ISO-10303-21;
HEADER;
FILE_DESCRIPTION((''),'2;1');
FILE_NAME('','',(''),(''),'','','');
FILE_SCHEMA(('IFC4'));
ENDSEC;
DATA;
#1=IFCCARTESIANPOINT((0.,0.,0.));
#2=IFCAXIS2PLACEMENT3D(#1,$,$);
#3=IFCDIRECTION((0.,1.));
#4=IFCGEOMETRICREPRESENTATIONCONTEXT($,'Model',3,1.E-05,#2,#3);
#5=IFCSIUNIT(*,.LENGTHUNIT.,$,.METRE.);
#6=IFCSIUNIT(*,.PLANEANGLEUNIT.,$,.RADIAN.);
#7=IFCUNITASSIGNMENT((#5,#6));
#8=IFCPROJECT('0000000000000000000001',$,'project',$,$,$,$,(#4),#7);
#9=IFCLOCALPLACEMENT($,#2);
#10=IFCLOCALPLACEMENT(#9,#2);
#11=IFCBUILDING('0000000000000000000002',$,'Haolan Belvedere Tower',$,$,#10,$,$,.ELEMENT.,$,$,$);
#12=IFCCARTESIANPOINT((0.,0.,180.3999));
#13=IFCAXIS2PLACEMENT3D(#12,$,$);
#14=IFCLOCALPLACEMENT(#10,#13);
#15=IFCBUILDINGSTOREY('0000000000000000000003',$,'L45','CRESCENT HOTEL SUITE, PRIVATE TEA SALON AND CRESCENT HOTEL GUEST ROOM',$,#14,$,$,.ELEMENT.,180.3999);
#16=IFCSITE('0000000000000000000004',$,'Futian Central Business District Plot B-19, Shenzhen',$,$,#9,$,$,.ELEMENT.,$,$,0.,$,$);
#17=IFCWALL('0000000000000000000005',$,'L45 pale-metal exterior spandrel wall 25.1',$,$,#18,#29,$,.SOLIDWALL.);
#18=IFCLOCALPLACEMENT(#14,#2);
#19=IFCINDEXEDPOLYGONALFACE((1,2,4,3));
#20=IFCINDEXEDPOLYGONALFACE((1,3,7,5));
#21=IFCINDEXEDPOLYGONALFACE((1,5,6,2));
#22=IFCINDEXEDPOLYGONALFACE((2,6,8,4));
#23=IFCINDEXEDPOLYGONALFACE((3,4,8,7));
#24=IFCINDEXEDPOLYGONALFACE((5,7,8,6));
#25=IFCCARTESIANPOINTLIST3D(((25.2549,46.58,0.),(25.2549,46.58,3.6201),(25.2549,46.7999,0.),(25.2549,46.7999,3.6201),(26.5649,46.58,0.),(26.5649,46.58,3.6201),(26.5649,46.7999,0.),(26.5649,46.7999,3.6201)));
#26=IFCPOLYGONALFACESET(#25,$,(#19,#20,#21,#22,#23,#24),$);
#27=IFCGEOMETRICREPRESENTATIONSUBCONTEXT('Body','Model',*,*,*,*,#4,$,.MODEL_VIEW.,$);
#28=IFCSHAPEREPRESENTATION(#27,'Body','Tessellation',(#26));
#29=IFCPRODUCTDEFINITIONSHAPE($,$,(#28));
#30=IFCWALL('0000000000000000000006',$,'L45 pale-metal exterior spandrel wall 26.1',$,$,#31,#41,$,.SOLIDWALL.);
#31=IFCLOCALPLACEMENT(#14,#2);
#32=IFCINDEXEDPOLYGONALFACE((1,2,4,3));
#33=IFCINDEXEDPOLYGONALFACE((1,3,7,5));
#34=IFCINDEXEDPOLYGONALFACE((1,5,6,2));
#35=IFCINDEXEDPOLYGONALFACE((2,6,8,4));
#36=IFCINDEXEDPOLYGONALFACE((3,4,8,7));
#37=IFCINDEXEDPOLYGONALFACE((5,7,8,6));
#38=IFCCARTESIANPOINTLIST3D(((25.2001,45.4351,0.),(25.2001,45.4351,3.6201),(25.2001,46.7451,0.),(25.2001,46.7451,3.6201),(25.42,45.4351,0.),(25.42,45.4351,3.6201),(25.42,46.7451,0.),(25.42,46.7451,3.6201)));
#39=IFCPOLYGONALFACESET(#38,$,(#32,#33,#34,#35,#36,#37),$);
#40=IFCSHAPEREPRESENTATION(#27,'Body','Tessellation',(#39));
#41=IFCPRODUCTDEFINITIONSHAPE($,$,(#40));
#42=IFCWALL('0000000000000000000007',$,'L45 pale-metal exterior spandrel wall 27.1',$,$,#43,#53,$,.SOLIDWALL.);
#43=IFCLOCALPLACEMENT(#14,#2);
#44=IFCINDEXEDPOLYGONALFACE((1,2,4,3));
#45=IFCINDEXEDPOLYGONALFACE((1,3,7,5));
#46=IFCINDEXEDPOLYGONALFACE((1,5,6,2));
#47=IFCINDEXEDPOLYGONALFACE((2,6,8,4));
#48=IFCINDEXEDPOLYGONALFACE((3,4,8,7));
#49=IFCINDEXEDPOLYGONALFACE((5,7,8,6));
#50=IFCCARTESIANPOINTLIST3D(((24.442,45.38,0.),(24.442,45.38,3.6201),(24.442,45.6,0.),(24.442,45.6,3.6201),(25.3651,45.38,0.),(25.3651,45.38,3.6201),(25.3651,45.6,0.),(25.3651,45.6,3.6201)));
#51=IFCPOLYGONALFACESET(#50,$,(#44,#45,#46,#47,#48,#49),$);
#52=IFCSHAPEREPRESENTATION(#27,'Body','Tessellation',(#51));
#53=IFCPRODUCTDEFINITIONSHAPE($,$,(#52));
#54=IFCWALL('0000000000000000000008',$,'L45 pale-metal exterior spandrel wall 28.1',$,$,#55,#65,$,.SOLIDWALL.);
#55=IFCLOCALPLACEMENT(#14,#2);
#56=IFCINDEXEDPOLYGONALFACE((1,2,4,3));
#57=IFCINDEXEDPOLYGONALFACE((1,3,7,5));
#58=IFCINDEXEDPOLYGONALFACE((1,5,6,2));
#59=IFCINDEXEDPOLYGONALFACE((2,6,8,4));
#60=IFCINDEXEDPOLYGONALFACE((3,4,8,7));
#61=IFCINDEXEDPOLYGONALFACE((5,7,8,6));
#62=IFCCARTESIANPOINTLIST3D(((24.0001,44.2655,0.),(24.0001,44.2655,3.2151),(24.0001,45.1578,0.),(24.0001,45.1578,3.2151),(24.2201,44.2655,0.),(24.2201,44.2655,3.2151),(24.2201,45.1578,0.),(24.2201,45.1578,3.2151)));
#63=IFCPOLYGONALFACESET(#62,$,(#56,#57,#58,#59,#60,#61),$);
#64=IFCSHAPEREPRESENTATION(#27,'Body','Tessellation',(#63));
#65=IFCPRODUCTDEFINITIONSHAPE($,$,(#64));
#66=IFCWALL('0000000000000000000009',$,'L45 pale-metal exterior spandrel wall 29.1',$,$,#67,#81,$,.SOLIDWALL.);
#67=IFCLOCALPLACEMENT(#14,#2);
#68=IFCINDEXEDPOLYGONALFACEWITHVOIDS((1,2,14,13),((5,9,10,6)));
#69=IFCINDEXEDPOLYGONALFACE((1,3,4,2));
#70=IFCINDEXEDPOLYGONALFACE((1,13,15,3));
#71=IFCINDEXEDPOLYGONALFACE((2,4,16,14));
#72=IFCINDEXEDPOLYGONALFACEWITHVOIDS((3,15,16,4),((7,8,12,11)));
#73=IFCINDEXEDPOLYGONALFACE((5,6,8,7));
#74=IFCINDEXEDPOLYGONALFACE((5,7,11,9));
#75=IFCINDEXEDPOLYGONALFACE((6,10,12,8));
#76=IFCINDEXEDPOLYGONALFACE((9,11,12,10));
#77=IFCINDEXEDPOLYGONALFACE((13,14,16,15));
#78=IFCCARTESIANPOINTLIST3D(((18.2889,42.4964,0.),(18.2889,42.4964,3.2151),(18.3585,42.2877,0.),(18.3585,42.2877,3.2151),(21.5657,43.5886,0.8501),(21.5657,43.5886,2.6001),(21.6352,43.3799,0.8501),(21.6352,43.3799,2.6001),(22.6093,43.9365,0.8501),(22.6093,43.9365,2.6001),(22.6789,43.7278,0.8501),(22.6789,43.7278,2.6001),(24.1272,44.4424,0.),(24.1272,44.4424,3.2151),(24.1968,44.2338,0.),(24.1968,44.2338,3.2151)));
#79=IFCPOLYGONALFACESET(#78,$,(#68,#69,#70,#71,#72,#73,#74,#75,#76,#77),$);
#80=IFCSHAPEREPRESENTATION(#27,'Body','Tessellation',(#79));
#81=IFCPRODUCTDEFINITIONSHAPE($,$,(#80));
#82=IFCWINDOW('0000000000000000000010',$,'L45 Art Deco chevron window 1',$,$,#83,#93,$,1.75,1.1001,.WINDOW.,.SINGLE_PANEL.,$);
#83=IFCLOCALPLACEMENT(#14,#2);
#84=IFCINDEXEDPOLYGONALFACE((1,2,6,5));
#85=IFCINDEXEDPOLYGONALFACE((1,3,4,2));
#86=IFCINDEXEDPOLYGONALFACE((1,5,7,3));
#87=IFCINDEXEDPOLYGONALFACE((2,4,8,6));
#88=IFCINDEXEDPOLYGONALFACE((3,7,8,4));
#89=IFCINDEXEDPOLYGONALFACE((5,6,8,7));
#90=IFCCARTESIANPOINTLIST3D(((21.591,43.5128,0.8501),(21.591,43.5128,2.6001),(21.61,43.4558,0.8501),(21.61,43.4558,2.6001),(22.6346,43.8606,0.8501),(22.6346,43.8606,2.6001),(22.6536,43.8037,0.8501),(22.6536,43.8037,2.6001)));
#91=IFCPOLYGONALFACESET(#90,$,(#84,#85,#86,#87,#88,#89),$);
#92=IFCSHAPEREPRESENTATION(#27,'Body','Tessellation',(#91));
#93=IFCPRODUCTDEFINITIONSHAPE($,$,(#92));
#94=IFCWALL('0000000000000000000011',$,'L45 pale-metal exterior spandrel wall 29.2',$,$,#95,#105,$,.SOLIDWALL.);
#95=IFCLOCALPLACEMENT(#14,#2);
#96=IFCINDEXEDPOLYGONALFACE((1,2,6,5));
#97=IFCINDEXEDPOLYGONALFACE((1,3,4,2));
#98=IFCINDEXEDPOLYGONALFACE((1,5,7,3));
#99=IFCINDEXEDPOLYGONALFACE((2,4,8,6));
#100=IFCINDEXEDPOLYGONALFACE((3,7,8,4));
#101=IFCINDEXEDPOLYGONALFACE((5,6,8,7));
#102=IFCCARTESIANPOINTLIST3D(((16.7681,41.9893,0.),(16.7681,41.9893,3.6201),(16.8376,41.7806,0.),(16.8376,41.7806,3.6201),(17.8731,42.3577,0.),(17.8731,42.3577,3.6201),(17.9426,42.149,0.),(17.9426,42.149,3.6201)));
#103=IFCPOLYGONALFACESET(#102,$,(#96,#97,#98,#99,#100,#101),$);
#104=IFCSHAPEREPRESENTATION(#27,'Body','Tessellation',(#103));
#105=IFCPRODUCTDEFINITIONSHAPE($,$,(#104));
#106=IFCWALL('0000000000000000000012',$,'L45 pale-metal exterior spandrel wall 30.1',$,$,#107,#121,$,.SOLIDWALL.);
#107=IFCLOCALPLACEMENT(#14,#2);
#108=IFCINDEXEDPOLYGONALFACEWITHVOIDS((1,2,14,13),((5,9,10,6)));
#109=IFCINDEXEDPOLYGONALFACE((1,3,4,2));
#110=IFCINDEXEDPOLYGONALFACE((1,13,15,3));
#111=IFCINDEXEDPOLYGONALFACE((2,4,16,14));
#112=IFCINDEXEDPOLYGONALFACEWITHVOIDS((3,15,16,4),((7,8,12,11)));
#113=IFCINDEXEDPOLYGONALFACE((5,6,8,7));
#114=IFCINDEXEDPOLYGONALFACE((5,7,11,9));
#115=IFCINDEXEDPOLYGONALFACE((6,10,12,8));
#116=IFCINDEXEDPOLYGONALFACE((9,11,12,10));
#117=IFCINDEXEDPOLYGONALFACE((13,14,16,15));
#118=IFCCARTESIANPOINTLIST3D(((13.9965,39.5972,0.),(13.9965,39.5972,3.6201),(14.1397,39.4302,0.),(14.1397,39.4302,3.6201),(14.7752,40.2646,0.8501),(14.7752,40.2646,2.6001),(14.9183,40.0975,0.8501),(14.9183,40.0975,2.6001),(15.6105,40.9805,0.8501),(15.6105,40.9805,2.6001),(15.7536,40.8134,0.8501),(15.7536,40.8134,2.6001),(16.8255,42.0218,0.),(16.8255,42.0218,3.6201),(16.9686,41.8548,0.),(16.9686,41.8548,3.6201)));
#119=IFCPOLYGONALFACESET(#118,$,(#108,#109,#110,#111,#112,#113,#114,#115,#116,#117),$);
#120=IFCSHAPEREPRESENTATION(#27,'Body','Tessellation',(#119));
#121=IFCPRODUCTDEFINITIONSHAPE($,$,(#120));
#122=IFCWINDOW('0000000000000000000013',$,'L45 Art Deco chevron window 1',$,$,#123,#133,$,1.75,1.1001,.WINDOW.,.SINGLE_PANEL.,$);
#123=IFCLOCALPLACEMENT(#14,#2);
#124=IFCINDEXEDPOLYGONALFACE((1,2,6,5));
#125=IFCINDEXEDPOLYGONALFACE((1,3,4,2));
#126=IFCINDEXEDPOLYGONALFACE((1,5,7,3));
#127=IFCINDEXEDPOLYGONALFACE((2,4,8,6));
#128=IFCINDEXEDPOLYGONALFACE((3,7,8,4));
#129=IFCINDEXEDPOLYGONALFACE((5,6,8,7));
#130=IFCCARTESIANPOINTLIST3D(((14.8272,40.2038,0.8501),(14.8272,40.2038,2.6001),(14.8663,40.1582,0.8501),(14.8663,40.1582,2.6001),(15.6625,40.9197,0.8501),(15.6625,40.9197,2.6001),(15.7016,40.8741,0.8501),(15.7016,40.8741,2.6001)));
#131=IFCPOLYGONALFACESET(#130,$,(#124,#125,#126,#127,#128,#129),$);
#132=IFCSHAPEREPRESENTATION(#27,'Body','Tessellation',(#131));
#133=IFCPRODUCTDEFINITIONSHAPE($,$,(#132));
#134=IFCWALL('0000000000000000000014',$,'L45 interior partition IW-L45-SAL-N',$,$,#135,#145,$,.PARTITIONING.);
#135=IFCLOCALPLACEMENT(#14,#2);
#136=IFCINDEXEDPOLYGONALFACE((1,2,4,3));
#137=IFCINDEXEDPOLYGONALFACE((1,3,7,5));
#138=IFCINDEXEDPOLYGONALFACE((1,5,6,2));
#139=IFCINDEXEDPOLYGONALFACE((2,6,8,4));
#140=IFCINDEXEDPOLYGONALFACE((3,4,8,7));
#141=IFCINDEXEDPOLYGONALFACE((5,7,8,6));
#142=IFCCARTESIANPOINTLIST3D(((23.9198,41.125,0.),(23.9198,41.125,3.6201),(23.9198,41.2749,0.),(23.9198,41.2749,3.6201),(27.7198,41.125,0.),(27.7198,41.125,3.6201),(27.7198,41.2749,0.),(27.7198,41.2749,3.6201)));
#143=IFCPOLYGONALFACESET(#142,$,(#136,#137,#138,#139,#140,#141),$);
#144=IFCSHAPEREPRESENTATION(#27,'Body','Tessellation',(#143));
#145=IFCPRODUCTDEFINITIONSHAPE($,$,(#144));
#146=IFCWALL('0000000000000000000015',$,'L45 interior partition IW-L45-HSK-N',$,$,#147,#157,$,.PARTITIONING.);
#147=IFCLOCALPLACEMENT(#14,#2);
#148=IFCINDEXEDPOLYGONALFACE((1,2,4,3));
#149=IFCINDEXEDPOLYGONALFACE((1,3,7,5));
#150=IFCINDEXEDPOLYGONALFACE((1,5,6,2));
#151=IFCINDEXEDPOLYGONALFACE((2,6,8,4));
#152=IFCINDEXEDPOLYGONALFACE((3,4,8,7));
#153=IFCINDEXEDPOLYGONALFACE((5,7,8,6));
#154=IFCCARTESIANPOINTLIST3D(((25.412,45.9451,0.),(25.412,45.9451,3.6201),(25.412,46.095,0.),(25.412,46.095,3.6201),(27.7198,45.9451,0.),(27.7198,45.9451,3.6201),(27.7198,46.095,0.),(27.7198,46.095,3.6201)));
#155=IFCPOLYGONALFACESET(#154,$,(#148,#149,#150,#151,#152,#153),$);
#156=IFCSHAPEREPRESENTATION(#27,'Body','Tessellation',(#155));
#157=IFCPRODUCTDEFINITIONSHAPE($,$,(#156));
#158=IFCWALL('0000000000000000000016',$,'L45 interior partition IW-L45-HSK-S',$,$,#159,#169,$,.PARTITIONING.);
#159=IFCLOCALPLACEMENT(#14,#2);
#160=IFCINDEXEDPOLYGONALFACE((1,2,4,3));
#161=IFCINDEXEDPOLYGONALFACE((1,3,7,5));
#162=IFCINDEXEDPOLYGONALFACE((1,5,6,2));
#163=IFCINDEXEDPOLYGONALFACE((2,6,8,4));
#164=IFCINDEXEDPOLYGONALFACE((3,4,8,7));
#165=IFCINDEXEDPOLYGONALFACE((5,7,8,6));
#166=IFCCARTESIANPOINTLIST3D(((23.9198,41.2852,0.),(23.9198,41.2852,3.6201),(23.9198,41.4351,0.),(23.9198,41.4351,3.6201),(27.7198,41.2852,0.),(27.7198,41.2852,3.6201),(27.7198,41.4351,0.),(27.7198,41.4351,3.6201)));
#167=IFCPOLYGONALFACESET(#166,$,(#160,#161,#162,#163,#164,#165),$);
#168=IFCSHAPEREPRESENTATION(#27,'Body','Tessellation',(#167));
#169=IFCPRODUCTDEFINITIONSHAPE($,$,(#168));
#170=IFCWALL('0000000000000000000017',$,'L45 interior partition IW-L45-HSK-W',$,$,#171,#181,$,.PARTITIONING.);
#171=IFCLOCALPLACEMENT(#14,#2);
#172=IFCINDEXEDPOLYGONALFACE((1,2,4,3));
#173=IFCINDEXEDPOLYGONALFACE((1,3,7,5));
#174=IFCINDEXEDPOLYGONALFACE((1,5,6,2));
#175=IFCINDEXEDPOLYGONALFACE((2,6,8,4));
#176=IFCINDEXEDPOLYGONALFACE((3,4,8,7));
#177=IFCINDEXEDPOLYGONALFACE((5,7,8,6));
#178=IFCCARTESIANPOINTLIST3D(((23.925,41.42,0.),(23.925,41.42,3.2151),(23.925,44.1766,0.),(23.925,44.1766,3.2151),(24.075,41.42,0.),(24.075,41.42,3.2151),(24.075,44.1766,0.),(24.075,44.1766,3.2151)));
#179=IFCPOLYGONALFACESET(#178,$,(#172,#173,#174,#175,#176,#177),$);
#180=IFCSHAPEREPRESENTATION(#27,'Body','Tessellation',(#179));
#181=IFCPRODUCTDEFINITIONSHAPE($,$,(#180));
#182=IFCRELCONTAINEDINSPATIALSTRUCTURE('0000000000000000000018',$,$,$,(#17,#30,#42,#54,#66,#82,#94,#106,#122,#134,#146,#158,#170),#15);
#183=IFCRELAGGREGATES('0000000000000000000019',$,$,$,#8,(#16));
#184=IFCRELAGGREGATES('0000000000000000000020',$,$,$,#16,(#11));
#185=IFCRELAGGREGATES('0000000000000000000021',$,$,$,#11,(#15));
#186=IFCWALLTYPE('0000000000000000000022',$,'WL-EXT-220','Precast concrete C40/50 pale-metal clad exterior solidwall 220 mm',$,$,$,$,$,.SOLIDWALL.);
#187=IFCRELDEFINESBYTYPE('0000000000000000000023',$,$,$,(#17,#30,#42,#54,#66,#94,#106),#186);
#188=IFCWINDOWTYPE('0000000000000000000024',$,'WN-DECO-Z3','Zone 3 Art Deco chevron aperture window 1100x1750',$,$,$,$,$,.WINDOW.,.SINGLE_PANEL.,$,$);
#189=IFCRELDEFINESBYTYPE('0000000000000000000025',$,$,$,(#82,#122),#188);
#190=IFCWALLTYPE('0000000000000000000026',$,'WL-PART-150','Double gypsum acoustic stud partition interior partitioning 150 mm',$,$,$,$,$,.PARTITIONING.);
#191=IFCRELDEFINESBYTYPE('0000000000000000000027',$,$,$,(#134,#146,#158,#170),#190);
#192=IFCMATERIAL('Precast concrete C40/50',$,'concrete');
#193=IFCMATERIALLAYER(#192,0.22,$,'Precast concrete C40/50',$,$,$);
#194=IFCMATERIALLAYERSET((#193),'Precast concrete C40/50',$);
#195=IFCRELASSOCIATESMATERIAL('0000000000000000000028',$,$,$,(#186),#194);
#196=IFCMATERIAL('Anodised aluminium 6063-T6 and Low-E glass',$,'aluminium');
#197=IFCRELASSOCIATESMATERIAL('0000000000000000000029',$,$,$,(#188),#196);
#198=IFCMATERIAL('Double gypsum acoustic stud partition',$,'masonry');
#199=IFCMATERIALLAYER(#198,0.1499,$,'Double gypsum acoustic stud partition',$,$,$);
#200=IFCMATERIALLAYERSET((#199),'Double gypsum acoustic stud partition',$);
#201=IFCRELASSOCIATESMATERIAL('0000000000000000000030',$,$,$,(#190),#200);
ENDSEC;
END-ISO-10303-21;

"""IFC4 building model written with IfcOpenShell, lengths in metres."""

from ifc_helpers import new_model, si_unit, direction, frame, frame_2d, origin, place, context, subcontext, project, spatial, rectangle, extrude, material, layer, layer_set, type_object, element, fill, save


model = new_model("IFC4")

# Units and contexts
model_context = context("Model", 3, precision=1e-05, world=origin(), true_north=direction((0.0, 1.0)))
body_context = subcontext(model_context, "Body", "Model", "MODEL_VIEW")
ifc_project = project(units=[si_unit("LENGTHUNIT", "METRE"), si_unit("PLANEANGLEUNIT", "RADIAN")], contexts=[model_context])

# Site, building, storey
site_placement = place(None, origin())
site = spatial("IfcSite", under=ifc_project, at=site_placement, Name="Futian Central Business District Plot B-19, Shenzhen", CompositionType="ELEMENT", RefElevation=0.0)
building_placement = place(site_placement, origin())
building = spatial("IfcBuilding", under=site, at=building_placement, Name="Haolan Belvedere Tower", CompositionType="ELEMENT")
storey_placement = place(building_placement, frame((0.0, 0.0, 180.3999)))
storey = spatial("IfcBuildingStorey", under=building, at=storey_placement, Name="L45", Description="CRESCENT HOTEL SUITE, PRIVATE TEA SALON AND CRESCENT HOTEL GUEST ROOM", CompositionType="ELEMENT", Elevation=180.3999)

# Walls
ifc_material_1 = material(Name="Precast concrete C40/50", Category="concrete")
ifc_layer_1 = layer(ifc_material_1, 0.22, Name="Precast concrete C40/50")
ifc_layer_set_1 = layer_set([ifc_layer_1], Name="Precast concrete C40/50")
wall_type_1 = type_object("IfcWallType", Name="WL-EXT-220", Description="Precast concrete C40/50 pale-metal clad exterior solidwall 220 mm", PredefinedType="SOLIDWALL", material=ifc_layer_set_1)
for number, where, z_axis, x_axis, name in (
    (1, (26.5649, 46.6899, 0.0), (0.0, 0.0, 1.0), (-1.0, 0.0, 0.0), "L45 pale-metal exterior spandrel wall 25.1"),
    (2, (25.3101, 46.7451, 0.0), (0.0, 0.0, 1.0), (0.0, -1.0, 0.0), "L45 pale-metal exterior spandrel wall 26.1"),
):
    element("IfcWall", number, at=place(storey_placement, frame(where, z_axis=z_axis, x_axis=x_axis)), inside=storey, type_object=wall_type_1, Name=name, PredefinedType="SOLIDWALL", context=body_context, shape_type="SweptSolid", body=[
        extrude(rectangle(XDim=1.3101, YDim=0.22, at=frame_2d((0.655, 0.0))), origin(), (0.0, 0.0, 1.0), 3.6201),
    ])
wall_1_placement = place(storey_placement, frame((25.365, 45.49, 0.0), z_axis=(0.0, 0.0, 1.0), x_axis=(-1.0, 0.0, 0.0)))
element("IfcWall", 3, at=wall_1_placement, inside=storey, type_object=wall_type_1, Name="L45 pale-metal exterior spandrel wall 27.1", PredefinedType="SOLIDWALL", context=body_context, shape_type="SweptSolid", body=[
    extrude(rectangle(XDim=0.9231, YDim=0.22, at=frame_2d((0.4614, 0.0))), origin(), (0.0, 0.0, 1.0), 3.6201),
])
wall_2_placement = place(storey_placement, frame((24.1101, 45.158, 0.0), z_axis=(0.0, 0.0, 1.0), x_axis=(0.0, -1.0, 0.0)))
element("IfcWall", 4, at=wall_2_placement, inside=storey, type_object=wall_type_1, Name="L45 pale-metal exterior spandrel wall 28.1", PredefinedType="SOLIDWALL", context=body_context, shape_type="SweptSolid", body=[
    extrude(rectangle(XDim=0.8923, YDim=0.22, at=frame_2d((0.4463, 0.0))), origin(), (0.0, 0.0, 1.0), 3.2151),
])

# Wall, opening, window
wall_3_placement = place(storey_placement, frame((24.1621, 44.3381, 0.0), z_axis=(0.0, 0.0, 1.0), x_axis=(-0.948687, -0.316216, 0.0)))
wall_3 = element("IfcWall", 5, at=wall_3_placement, inside=storey, type_object=wall_type_1, Name="L45 pale-metal exterior spandrel wall 29.1", PredefinedType="SOLIDWALL", context=body_context, shape_type="SweptSolid", body=[
    extrude(rectangle(XDim=6.1541, YDim=0.22, at=frame_2d((3.0771, 0.0))), origin(), (0.0, 0.0, 1.0), 3.2151),
])
opening_1_placement = place(wall_3_placement, frame((1.6001, 0.0, 0.8501)))
opening_1 = element("IfcOpeningElement", 6, at=opening_1_placement, cuts=wall_3, PredefinedType="OPENING", context=body_context, shape_type="SweptSolid", body=[
    extrude(rectangle(XDim=1.1001, YDim=1.75, at=frame_2d((0.55, 0.875))), frame((0.0, 0.1199, 0.0), z_axis=(0.0, -1.0, 0.0), x_axis=(1.0, 0.0, 0.0)), (0.0, 0.0, 1.0), 0.24),
])
ifc_material_2 = material(Name="Anodised aluminium 6063-T6 and Low-E glass", Category="aluminium")
window_type = type_object("IfcWindowType", Name="WN-DECO-Z3", Description="Zone 3 Art Deco chevron aperture window 1100x1750", PartitioningType="SINGLE_PANEL", PredefinedType="WINDOW", material=ifc_material_2)
window_1_placement = place(opening_1_placement, origin())
window_1 = element("IfcWindow", 7, at=window_1_placement, inside=storey, type_object=window_type, Name="L45 Art Deco chevron window 1", OverallHeight=1.75, OverallWidth=1.1001, PartitioningType="SINGLE_PANEL", PredefinedType="WINDOW", context=body_context, shape_type="SweptSolid", body=[
    extrude(rectangle(XDim=1.1001, YDim=1.75, at=frame_2d((0.55, 0.875))), frame((0.0, 0.03, 0.0), z_axis=(0.0, -1.0, 0.0), x_axis=(1.0, 0.0, 0.0)), (0.0, 0.0, 1.0), 0.0601),
])
fill(opening_1, window_1)

# Wall
wall_4_placement = place(storey_placement, frame((17.908, 42.2534, 0.0), z_axis=(0.0, 0.0, 1.0), x_axis=(-0.948662, -0.316291, 0.0)))
element("IfcWall", 8, at=wall_4_placement, inside=storey, type_object=wall_type_1, Name="L45 pale-metal exterior spandrel wall 29.2", PredefinedType="SOLIDWALL", context=body_context, shape_type="SweptSolid", body=[
    extrude(rectangle(XDim=1.1648, YDim=0.22, at=frame_2d((0.5825, 0.0))), origin(), (0.0, 0.0, 1.0), 3.6201),
])

# Wall, opening, window
wall_5_placement = place(storey_placement, frame((16.897, 41.9382, 0.0), z_axis=(0.0, 0.0, 1.0), x_axis=(-0.75928, -0.650764, 0.0)))
wall_5 = element("IfcWall", 9, at=wall_5_placement, inside=storey, type_object=wall_type_1, Name="L45 pale-metal exterior spandrel wall 30.1", PredefinedType="SOLIDWALL", context=body_context, shape_type="SweptSolid", body=[
    extrude(rectangle(XDim=3.7258, YDim=0.22, at=frame_2d((1.8628, 0.0))), origin(), (0.0, 0.0, 1.0), 3.6201),
])
opening_2_placement = place(wall_5_placement, frame((1.6001, 0.0, 0.8501)))
opening_2 = element("IfcOpeningElement", 10, at=opening_2_placement, cuts=wall_5, PredefinedType="OPENING", context=body_context, shape_type="SweptSolid", body=[
    extrude(rectangle(XDim=1.1001, YDim=1.75, at=frame_2d((0.55, 0.875))), frame((0.0, 0.1199, 0.0), z_axis=(0.0, -1.0, 0.0), x_axis=(1.0, 0.0, 0.0)), (0.0, 0.0, 1.0), 0.24),
])
window_2_placement = place(opening_2_placement, origin())
window_2 = element("IfcWindow", 11, at=window_2_placement, inside=storey, type_object=window_type, Name="L45 Art Deco chevron window 1", OverallHeight=1.75, OverallWidth=1.1001, PartitioningType="SINGLE_PANEL", PredefinedType="WINDOW", context=body_context, shape_type="SweptSolid", body=[
    extrude(rectangle(XDim=1.1001, YDim=1.75, at=frame_2d((0.55, 0.875))), frame((0.0, 0.03, 0.0), z_axis=(0.0, -1.0, 0.0), x_axis=(1.0, 0.0, 0.0)), (0.0, 0.0, 1.0), 0.0601),
])
fill(opening_2, window_2)

# Walls
ifc_material_3 = material(Name="Double gypsum acoustic stud partition", Category="masonry")
ifc_layer_2 = layer(ifc_material_3, 0.1499, Name="Double gypsum acoustic stud partition")
ifc_layer_set_2 = layer_set([ifc_layer_2], Name="Double gypsum acoustic stud partition")
wall_type_2 = type_object("IfcWallType", Name="WL-PART-150", Description="Double gypsum acoustic stud partition interior partitioning 150 mm", PredefinedType="PARTITIONING", material=ifc_layer_set_2)
wall_6_placement = place(storey_placement, frame((23.9199, 41.2, 0.0), z_axis=(0.0, 0.0, 1.0), x_axis=(1.0, 0.0, 0.0)))
element("IfcWall", 12, at=wall_6_placement, inside=storey, type_object=wall_type_2, Name="L45 interior partition IW-L45-SAL-N", PredefinedType="PARTITIONING", context=body_context, shape_type="SweptSolid", body=[
    extrude(rectangle(XDim=3.8, YDim=0.1499, at=frame_2d((1.8999, 0.0))), origin(), (0.0, 0.0, 1.0), 3.6201),
])
wall_7_placement = place(storey_placement, frame((25.4121, 46.02, 0.0), z_axis=(0.0, 0.0, 1.0), x_axis=(1.0, 0.0, 0.0)))
element("IfcWall", 13, at=wall_7_placement, inside=storey, type_object=wall_type_2, Name="L45 interior partition IW-L45-HSK-N", PredefinedType="PARTITIONING", context=body_context, shape_type="SweptSolid", body=[
    extrude(rectangle(XDim=2.3079, YDim=0.1499, at=frame_2d((1.1538, 0.0))), origin(), (0.0, 0.0, 1.0), 3.6201),
])
wall_8_placement = place(storey_placement, frame((23.9199, 41.3601, 0.0), z_axis=(0.0, 0.0, 1.0), x_axis=(1.0, 0.0, 0.0)))
element("IfcWall", 14, at=wall_8_placement, inside=storey, type_object=wall_type_2, Name="L45 interior partition IW-L45-HSK-S", PredefinedType="PARTITIONING", context=body_context, shape_type="SweptSolid", body=[
    extrude(rectangle(XDim=3.8, YDim=0.1499, at=frame_2d((1.8999, 0.0))), origin(), (0.0, 0.0, 1.0), 3.6201),
])
wall_9_placement = place(storey_placement, frame((24.0, 41.4199, 0.0), z_axis=(0.0, 0.0, 1.0), x_axis=(0.0, 1.0, 0.0)))
element("IfcWall", 15, at=wall_9_placement, inside=storey, type_object=wall_type_2, Name="L45 interior partition IW-L45-HSK-W", PredefinedType="PARTITIONING", context=body_context, shape_type="SweptSolid", body=[
    extrude(rectangle(XDim=2.7566, YDim=0.1499, at=frame_2d((1.3784, 0.0))), origin(), (0.0, 0.0, 1.0), 3.2151),
])

save(model, "model.ifc")
